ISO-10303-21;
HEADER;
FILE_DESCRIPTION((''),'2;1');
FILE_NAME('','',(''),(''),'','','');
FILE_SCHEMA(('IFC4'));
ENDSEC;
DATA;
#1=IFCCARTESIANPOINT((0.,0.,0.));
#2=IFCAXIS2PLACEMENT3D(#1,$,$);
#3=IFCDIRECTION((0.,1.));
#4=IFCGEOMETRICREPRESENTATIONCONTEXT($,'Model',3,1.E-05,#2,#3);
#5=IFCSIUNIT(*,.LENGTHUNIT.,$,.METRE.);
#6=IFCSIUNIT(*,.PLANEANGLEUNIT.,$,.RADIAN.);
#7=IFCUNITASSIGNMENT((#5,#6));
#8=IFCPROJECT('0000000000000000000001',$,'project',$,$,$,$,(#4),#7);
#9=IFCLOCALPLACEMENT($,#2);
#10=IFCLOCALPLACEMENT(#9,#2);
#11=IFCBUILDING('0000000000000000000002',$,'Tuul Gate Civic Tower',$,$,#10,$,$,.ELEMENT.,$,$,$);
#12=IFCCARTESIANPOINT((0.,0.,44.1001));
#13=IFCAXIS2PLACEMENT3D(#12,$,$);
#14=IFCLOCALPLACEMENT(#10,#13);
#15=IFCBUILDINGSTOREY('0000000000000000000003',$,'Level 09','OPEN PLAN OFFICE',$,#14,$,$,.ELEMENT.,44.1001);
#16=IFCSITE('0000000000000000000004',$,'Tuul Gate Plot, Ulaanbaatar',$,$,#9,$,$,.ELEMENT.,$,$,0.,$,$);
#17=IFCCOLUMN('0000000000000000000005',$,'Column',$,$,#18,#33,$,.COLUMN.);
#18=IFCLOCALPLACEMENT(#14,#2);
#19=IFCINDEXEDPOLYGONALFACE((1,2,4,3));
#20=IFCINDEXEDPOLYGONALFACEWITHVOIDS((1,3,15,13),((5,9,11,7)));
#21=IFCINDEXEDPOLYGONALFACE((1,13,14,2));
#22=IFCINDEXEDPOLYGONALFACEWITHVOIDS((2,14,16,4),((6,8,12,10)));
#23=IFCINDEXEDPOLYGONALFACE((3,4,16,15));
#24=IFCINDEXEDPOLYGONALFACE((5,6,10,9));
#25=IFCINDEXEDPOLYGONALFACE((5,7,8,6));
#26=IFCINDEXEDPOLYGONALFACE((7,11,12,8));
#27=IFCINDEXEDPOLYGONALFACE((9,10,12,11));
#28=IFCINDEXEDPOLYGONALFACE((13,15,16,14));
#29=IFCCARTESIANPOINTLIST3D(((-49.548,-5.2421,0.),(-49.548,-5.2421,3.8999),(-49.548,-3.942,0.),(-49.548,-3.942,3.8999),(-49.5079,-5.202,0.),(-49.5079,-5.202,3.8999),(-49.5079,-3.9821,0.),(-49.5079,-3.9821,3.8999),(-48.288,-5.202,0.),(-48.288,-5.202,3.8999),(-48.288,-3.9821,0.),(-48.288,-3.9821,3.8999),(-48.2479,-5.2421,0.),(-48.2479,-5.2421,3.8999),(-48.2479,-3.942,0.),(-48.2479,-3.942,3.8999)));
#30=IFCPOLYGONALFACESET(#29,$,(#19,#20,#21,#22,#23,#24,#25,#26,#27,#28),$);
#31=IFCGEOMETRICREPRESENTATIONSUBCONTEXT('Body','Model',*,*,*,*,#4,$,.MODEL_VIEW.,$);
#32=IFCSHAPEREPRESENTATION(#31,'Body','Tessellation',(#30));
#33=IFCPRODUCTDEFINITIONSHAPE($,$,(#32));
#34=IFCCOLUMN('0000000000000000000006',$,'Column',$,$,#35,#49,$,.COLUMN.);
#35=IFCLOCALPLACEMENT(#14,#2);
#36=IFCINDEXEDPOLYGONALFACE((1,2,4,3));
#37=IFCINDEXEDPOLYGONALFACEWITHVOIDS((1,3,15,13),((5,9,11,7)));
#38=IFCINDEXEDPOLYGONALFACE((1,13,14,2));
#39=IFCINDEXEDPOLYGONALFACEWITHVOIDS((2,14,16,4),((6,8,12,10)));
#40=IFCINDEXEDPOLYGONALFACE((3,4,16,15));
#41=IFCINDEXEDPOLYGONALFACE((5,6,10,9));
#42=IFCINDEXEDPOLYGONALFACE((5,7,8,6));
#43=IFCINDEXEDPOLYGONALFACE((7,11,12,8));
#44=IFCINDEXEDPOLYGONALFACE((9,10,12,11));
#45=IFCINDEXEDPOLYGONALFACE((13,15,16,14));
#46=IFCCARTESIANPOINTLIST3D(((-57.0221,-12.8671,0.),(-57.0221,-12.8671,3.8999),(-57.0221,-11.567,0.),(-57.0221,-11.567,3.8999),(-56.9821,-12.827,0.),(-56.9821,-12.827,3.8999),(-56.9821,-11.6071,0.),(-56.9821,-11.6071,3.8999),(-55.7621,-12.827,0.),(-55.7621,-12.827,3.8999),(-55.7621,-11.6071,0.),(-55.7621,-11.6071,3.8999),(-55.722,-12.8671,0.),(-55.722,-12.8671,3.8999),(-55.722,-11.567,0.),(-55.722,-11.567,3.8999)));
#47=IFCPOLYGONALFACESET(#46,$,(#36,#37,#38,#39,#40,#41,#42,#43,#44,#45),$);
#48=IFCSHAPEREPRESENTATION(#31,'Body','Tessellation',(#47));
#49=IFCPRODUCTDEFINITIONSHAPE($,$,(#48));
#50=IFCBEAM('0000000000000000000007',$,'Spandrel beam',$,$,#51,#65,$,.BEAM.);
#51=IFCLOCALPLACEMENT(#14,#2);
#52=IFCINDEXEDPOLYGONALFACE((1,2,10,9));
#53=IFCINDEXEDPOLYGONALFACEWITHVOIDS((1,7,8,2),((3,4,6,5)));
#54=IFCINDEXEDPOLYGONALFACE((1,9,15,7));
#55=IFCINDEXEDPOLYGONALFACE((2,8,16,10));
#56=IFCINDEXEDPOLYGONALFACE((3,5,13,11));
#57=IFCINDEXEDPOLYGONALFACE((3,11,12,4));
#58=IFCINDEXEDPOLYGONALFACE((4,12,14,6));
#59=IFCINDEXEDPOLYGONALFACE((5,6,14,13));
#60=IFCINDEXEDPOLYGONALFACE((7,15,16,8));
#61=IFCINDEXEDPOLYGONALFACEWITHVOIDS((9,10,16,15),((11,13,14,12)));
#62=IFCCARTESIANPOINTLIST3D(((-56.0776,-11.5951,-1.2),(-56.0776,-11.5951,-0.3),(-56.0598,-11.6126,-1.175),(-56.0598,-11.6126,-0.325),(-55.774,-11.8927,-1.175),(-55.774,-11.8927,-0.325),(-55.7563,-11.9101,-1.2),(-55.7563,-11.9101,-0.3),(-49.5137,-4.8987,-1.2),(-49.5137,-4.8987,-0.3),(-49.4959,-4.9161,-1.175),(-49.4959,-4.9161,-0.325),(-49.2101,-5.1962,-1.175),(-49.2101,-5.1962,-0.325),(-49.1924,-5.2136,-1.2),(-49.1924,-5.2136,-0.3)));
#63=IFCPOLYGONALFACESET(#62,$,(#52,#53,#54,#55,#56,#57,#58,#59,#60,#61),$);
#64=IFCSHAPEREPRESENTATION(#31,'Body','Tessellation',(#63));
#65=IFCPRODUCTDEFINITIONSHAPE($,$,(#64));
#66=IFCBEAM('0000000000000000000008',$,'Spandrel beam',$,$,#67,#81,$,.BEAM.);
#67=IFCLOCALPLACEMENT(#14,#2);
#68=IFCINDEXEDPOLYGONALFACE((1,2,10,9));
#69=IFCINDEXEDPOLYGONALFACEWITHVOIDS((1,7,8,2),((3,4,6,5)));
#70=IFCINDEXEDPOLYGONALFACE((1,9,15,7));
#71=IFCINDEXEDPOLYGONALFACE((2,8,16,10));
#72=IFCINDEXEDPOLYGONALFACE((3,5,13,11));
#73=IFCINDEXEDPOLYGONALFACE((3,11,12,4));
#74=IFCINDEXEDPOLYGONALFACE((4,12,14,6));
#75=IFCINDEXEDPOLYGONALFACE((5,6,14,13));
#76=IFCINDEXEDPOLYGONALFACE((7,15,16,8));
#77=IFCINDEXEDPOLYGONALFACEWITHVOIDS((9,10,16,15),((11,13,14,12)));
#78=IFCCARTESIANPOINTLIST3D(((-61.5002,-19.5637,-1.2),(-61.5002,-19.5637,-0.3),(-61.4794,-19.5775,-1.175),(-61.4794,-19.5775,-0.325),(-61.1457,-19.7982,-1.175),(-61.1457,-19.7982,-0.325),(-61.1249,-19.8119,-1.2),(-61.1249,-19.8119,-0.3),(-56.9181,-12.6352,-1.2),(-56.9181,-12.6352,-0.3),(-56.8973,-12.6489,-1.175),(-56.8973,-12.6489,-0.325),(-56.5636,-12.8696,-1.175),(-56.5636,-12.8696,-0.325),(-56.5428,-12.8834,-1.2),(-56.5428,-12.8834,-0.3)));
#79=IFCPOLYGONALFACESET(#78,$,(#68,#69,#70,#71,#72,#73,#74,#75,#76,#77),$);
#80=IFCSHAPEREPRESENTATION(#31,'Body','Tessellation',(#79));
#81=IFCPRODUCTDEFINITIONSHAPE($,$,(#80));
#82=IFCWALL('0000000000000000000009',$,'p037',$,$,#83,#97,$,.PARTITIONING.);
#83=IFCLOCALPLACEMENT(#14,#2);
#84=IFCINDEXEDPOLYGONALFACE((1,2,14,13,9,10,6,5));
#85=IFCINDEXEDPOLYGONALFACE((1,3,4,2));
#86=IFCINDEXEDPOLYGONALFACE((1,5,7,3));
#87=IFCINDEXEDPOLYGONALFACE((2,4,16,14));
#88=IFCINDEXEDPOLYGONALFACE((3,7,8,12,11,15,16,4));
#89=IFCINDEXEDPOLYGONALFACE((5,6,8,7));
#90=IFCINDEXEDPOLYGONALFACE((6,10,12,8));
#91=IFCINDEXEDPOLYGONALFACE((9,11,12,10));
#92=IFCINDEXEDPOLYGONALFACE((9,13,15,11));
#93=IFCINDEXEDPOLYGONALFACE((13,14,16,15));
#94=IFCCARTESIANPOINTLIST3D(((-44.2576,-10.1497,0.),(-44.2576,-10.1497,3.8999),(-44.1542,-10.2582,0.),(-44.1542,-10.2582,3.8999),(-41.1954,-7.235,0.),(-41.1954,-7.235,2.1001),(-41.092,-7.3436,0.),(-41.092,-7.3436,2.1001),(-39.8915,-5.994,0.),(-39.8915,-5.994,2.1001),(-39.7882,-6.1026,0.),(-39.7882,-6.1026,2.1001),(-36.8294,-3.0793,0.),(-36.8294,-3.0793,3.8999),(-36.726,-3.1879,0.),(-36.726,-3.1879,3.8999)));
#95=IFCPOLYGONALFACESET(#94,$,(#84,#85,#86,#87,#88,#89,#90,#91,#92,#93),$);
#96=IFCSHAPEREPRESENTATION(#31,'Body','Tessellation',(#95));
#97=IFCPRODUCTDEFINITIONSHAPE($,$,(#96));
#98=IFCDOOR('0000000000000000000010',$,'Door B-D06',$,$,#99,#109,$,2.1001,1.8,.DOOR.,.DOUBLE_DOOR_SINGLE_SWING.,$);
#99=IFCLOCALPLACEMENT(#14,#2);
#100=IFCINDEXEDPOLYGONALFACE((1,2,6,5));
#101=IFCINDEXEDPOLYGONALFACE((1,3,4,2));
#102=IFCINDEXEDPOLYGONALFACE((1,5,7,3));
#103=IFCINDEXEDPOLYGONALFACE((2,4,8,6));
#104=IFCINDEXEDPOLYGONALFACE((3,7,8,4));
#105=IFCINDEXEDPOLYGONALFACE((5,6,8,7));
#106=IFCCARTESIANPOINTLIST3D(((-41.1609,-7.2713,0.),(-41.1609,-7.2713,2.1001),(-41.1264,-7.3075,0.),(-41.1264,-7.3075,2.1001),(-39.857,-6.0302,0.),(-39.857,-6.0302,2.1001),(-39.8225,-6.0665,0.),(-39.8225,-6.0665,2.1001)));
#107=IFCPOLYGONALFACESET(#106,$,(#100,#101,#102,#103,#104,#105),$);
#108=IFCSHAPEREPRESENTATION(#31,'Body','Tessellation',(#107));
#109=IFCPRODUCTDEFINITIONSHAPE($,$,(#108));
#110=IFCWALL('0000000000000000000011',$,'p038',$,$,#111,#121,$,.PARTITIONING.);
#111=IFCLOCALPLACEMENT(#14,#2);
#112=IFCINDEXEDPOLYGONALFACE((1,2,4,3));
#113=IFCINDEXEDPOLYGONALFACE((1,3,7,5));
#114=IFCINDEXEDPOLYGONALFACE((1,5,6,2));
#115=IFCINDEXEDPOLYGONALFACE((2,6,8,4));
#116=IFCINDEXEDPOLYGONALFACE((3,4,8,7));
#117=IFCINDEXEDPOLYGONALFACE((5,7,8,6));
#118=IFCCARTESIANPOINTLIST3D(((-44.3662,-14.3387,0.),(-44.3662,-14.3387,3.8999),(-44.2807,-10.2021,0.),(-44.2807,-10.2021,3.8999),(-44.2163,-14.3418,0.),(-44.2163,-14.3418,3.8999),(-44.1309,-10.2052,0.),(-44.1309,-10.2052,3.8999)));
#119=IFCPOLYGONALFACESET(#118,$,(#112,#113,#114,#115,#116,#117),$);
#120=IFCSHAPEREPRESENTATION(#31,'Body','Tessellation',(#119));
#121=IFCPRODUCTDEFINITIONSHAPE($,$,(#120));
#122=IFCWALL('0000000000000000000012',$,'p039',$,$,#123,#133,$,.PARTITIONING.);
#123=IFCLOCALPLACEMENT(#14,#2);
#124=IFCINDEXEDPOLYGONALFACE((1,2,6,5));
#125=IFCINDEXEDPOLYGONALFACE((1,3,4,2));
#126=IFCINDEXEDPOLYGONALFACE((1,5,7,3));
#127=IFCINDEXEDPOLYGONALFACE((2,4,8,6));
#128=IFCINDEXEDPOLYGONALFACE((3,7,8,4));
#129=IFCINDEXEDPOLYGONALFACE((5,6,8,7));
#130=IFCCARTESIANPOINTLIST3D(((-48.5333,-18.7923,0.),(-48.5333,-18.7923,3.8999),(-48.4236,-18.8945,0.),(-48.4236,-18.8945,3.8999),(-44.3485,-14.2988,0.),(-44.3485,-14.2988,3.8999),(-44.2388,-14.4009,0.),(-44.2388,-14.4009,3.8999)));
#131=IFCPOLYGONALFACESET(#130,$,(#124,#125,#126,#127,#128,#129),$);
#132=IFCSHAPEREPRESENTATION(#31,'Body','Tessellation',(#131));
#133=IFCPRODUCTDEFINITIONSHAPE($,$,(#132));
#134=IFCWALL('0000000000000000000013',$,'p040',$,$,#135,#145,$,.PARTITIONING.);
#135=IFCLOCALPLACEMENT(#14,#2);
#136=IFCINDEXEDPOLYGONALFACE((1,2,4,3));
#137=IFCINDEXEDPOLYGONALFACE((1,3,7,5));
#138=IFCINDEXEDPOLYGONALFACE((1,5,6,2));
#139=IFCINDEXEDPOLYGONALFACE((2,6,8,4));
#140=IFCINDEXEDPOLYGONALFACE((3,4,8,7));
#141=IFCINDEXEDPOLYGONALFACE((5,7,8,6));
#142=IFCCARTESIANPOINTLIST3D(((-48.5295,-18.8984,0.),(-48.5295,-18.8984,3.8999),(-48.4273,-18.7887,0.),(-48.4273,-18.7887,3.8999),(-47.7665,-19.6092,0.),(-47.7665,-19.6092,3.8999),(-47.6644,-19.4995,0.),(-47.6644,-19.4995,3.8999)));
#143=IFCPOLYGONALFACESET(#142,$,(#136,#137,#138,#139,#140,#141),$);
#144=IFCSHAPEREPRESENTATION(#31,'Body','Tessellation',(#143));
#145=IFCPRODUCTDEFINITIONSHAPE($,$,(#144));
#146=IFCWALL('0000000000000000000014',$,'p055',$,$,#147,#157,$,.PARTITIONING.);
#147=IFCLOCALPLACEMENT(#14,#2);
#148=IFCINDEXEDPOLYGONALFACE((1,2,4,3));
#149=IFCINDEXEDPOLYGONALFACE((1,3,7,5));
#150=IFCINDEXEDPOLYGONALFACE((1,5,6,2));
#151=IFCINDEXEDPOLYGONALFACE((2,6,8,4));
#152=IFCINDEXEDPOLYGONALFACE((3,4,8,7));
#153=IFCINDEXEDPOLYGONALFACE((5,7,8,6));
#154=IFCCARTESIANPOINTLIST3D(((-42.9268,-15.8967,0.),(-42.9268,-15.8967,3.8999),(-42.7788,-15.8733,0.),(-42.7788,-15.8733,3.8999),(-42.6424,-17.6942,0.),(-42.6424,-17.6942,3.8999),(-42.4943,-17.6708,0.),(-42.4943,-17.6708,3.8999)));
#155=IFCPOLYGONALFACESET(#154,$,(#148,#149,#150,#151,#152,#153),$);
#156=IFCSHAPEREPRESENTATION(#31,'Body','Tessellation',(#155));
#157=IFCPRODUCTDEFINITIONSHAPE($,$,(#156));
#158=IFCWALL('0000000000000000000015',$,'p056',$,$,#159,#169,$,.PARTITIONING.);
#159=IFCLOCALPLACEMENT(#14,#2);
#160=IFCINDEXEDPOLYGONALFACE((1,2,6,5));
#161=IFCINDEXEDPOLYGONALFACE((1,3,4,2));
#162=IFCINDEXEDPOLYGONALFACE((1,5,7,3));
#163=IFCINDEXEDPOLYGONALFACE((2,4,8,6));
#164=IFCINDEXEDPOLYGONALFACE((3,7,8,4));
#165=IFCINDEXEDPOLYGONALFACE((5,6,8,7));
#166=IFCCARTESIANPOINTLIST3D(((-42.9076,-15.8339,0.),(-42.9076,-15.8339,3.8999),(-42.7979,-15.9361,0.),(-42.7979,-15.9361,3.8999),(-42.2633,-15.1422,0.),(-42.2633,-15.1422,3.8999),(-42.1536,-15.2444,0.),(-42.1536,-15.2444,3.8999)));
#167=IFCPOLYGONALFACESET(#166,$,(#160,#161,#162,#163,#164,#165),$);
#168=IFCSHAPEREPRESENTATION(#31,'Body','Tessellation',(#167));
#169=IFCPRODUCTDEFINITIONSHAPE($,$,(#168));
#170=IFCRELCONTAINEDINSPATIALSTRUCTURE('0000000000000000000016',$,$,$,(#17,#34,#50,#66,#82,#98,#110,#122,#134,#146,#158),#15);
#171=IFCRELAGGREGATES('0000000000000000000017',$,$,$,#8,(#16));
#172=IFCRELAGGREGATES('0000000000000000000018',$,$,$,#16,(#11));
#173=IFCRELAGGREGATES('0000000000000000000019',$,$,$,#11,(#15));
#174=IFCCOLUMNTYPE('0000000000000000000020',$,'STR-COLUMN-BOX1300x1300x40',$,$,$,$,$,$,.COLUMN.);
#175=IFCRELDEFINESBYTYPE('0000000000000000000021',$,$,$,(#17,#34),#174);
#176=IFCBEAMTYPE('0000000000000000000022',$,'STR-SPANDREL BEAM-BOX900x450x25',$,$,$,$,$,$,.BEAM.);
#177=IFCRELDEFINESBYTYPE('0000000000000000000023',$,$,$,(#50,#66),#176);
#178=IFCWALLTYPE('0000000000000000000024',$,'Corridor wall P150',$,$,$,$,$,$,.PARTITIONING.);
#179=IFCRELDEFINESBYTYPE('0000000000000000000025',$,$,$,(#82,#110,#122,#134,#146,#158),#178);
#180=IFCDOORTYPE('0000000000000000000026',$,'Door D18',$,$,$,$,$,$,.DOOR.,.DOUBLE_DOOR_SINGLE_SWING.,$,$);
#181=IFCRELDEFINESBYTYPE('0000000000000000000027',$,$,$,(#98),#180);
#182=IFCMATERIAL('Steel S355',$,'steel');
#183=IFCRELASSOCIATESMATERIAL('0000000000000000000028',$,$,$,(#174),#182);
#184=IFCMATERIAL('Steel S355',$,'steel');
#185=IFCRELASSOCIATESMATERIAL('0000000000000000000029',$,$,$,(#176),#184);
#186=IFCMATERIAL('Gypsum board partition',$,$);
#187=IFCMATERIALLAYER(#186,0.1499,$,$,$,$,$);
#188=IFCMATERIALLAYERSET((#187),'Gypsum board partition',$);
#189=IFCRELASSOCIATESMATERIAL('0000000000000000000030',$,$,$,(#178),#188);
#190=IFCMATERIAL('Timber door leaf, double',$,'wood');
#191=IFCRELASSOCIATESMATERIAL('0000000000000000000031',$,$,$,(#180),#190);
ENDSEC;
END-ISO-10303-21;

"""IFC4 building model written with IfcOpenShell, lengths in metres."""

from ifc_helpers import new_model, si_unit, direction, frame, frame_2d, origin, origin_2d, place, context, subcontext, project, spatial, rectangle, hollow_rectangle, extrude, material, layer, layer_set, material_profile, profile_set, type_object, element, fill, save


model = new_model("IFC4")

# Units and contexts
model_context = context("Model", 3, precision=1e-05, world=origin(), true_north=direction((0.0, 1.0)))
body_context = subcontext(model_context, "Body", "Model", "MODEL_VIEW")
ifc_project = project(units=[si_unit("LENGTHUNIT", "METRE"), si_unit("PLANEANGLEUNIT", "RADIAN")], contexts=[model_context])

# Site, building, storey
site_placement = place(None, origin())
site = spatial("IfcSite", under=ifc_project, at=site_placement, Name="Tuul Gate Plot, Ulaanbaatar", CompositionType="ELEMENT", RefElevation=0.0)
building_placement = place(site_placement, origin())
building = spatial("IfcBuilding", under=site, at=building_placement, Name="Tuul Gate Civic Tower", CompositionType="ELEMENT")
storey_placement = place(building_placement, frame((0.0, 0.0, 44.1001)))
storey = spatial("IfcBuildingStorey", under=building, at=storey_placement, Name="Level 09", Description="OPEN PLAN OFFICE", CompositionType="ELEMENT", Elevation=44.1001)

# Columns
ifc_material_1 = material(Name="Steel S355", Category="steel")
ifc_material_profile_1 = material_profile(ifc_material_1, hollow_rectangle(XDim=1.3, YDim=1.3, WallThickness=0.04, at=origin_2d()), Name="BOX1300x1300x40")
ifc_profile_set_1 = profile_set([ifc_material_profile_1], Name="Steel S355")
column_type = type_object("IfcColumnType", Name="STR-COLUMN-BOX1300x1300x40", PredefinedType="COLUMN", material=ifc_profile_set_1)
for number, where, z_axis, x_axis, name in (
    (1, (-48.8979, -4.592, 0.0), (0.0, 0.0, 1.0), (1.0, 0.0, 0.0), "Column"),
    (2, (-56.3721, -12.217, 0.0), (0.0, 0.0, 1.0), (1.0, 0.0, 0.0), "Column"),
):
    element("IfcColumn", number, at=place(storey_placement, frame(where, z_axis=z_axis, x_axis=x_axis)), inside=storey, type_object=column_type, Name=name, PredefinedType="COLUMN", context=body_context, shape_type="SweptSolid", body=[
        extrude(hollow_rectangle(XDim=1.3, YDim=1.3, WallThickness=0.04, at=origin_2d()), origin(), (0.0, 0.0, 1.0), 3.8999),
    ])

# Beams
ifc_material_2 = material(Name="Steel S355", Category="steel")
ifc_material_profile_2 = material_profile(ifc_material_2, hollow_rectangle(XDim=0.45, YDim=0.8999, WallThickness=0.0249, at=origin_2d()), Name="BOX900x450x25")
ifc_profile_set_2 = profile_set([ifc_material_profile_2], Name="Steel S355")
beam_type = type_object("IfcBeamType", Name="STR-SPANDREL BEAM-BOX900x450x25", PredefinedType="BEAM", material=ifc_profile_set_2)
beam_1_placement = place(storey_placement, frame((-49.353, -5.0562, -0.75), z_axis=(-0.700003, -0.71414, 0.0), x_axis=(0.71414, -0.700003, 0.0)))
element("IfcBeam", 3, at=beam_1_placement, inside=storey, type_object=beam_type, Name="Spandrel beam", PredefinedType="BEAM", context=body_context, shape_type="SweptSolid", body=[
    extrude(hollow_rectangle(XDim=0.45, YDim=0.8999, WallThickness=0.0249, at=origin_2d()), origin(), (0.0, 0.0, 1.0), 9.377),
])
beam_2_placement = place(storey_placement, frame((-56.7305, -12.7593, -0.75), z_axis=(-0.551617, -0.834097, 0.0), x_axis=(0.834097, -0.551617, 0.0)))
element("IfcBeam", 4, at=beam_2_placement, inside=storey, type_object=beam_type, Name="Spandrel beam", PredefinedType="BEAM", context=body_context, shape_type="SweptSolid", body=[
    extrude(hollow_rectangle(XDim=0.45, YDim=0.8999, WallThickness=0.0249, at=origin_2d()), origin(), (0.0, 0.0, 1.0), 8.3066),
])

# Wall, opening, door
ifc_material_3 = material(Name="Gypsum board partition")
ifc_layer_1 = layer(ifc_material_3, 0.1499)
ifc_layer_set_1 = layer_set([ifc_layer_1], Name="Gypsum board partition")
wall_type_1 = type_object("IfcWallType", Name="Corridor wall P150", PredefinedType="PARTITIONING", material=ifc_layer_set_1)
wall_1_placement = place(storey_placement, frame((-44.2058, -10.2039, 0.0), z_axis=(0.0, 0.0, 1.0), x_axis=(0.724342, 0.689441, 0.0)))
wall_1 = element("IfcWall", 5, at=wall_1_placement, inside=storey, type_object=wall_type_1, Name="p037", PredefinedType="PARTITIONING", context=body_context, shape_type="SweptSolid", body=[
    extrude(rectangle(XDim=10.2551, YDim=0.1499, at=frame_2d((5.1274, 0.0))), origin(), (0.0, 0.0, 1.0), 3.8999),
])
opening_1_placement = place(wall_1_placement, frame((4.2275, 0.0, 0.0)))
opening_1 = element("IfcOpeningElement", 6, at=opening_1_placement, cuts=wall_1, PredefinedType="OPENING", context=body_context, shape_type="SweptSolid", body=[
    extrude(rectangle(XDim=1.8, YDim=2.1001, at=frame_2d((0.8999, 1.05))), frame((0.0, 0.085, 0.0), z_axis=(0.0, -1.0, 0.0), x_axis=(1.0, 0.0, 0.0)), (0.0, 0.0, 1.0), 0.1699),
])
ifc_material_4 = material(Name="Timber door leaf, double", Category="wood")
door_type_1 = type_object("IfcDoorType", Name="Door D18", OperationType="DOUBLE_DOOR_SINGLE_SWING", PredefinedType="DOOR", material=ifc_material_4)
door_1_placement = place(opening_1_placement, origin())
door_1 = element("IfcDoor", 7, at=door_1_placement, inside=storey, type_object=door_type_1, Name="Door B-D06", OperationType="DOUBLE_DOOR_SINGLE_SWING", OverallHeight=2.1001, OverallWidth=1.8, PredefinedType="DOOR", context=body_context, shape_type="SweptSolid", body=[
    extrude(rectangle(XDim=1.8, YDim=2.1001, at=frame_2d((0.8999, 1.05))), frame((0.0, 0.0249, 0.0), z_axis=(0.0, -1.0, 0.0), x_axis=(1.0, 0.0, 0.0)), (0.0, 0.0, 1.0), 0.05),
])
fill(opening_1, door_1)

# Walls
wall_2_placement = place(storey_placement, frame((-44.2913, -14.3403, 0.0), z_axis=(0.0, 0.0, 1.0), x_axis=(0.020653, 0.999787, 0.0)))
element("IfcWall", 8, at=wall_2_placement, inside=storey, type_object=wall_type_1, Name="p038", PredefinedType="PARTITIONING", context=body_context, shape_type="SweptSolid", body=[
    extrude(rectangle(XDim=4.1375, YDim=0.1499, at=frame_2d((2.0688, 0.0))), origin(), (0.0, 0.0, 1.0), 3.8999),
])
wall_3_placement = place(storey_placement, frame((-48.4785, -18.8435, 0.0), z_axis=(0.0, 0.0, 1.0), x_axis=(0.681512, 0.731807, 0.0)))
element("IfcWall", 9, at=wall_3_placement, inside=storey, type_object=wall_type_1, Name="p039", PredefinedType="PARTITIONING", context=body_context, shape_type="SweptSolid", body=[
    extrude(rectangle(XDim=6.1404, YDim=0.1499, at=frame_2d((3.0703, 0.0))), origin(), (0.0, 0.0, 1.0), 3.8999),
])
wall_4_placement = place(storey_placement, frame((-48.4785, -18.8435, 0.0), z_axis=(0.0, 0.0, 1.0), x_axis=(0.731717, -0.681609, 0.0)))
element("IfcWall", 10, at=wall_4_placement, inside=storey, type_object=wall_type_1, Name="p040", PredefinedType="PARTITIONING", context=body_context, shape_type="SweptSolid", body=[
    extrude(rectangle(XDim=1.0427, YDim=0.1499, at=frame_2d((0.5215, 0.0))), origin(), (0.0, 0.0, 1.0), 3.8999),
])
wall_5_placement = place(storey_placement, frame((-42.8528, -15.885, 0.0), z_axis=(0.0, 0.0, 1.0), x_axis=(0.1563, -0.98771, 0.0)))
element("IfcWall", 11, at=wall_5_placement, inside=storey, type_object=wall_type_1, Name="p055", PredefinedType="PARTITIONING", context=body_context, shape_type="SweptSolid", body=[
    extrude(rectangle(XDim=1.8198, YDim=0.1499, at=frame_2d((0.9099, 0.0))), origin(), (0.0, 0.0, 1.0), 3.8999),
])
wall_6_placement = place(storey_placement, frame((-42.8528, -15.885, 0.0), z_axis=(0.0, 0.0, 1.0), x_axis=(0.681609, 0.731716, 0.0)))
element("IfcWall", 12, at=wall_6_placement, inside=storey, type_object=wall_type_1, Name="p056", PredefinedType="PARTITIONING", context=body_context, shape_type="SweptSolid", body=[
    extrude(rectangle(XDim=0.9453, YDim=0.1499, at=frame_2d((0.4727, 0.0))), origin(), (0.0, 0.0, 1.0), 3.8999),
])

save(model, "model.ifc")
